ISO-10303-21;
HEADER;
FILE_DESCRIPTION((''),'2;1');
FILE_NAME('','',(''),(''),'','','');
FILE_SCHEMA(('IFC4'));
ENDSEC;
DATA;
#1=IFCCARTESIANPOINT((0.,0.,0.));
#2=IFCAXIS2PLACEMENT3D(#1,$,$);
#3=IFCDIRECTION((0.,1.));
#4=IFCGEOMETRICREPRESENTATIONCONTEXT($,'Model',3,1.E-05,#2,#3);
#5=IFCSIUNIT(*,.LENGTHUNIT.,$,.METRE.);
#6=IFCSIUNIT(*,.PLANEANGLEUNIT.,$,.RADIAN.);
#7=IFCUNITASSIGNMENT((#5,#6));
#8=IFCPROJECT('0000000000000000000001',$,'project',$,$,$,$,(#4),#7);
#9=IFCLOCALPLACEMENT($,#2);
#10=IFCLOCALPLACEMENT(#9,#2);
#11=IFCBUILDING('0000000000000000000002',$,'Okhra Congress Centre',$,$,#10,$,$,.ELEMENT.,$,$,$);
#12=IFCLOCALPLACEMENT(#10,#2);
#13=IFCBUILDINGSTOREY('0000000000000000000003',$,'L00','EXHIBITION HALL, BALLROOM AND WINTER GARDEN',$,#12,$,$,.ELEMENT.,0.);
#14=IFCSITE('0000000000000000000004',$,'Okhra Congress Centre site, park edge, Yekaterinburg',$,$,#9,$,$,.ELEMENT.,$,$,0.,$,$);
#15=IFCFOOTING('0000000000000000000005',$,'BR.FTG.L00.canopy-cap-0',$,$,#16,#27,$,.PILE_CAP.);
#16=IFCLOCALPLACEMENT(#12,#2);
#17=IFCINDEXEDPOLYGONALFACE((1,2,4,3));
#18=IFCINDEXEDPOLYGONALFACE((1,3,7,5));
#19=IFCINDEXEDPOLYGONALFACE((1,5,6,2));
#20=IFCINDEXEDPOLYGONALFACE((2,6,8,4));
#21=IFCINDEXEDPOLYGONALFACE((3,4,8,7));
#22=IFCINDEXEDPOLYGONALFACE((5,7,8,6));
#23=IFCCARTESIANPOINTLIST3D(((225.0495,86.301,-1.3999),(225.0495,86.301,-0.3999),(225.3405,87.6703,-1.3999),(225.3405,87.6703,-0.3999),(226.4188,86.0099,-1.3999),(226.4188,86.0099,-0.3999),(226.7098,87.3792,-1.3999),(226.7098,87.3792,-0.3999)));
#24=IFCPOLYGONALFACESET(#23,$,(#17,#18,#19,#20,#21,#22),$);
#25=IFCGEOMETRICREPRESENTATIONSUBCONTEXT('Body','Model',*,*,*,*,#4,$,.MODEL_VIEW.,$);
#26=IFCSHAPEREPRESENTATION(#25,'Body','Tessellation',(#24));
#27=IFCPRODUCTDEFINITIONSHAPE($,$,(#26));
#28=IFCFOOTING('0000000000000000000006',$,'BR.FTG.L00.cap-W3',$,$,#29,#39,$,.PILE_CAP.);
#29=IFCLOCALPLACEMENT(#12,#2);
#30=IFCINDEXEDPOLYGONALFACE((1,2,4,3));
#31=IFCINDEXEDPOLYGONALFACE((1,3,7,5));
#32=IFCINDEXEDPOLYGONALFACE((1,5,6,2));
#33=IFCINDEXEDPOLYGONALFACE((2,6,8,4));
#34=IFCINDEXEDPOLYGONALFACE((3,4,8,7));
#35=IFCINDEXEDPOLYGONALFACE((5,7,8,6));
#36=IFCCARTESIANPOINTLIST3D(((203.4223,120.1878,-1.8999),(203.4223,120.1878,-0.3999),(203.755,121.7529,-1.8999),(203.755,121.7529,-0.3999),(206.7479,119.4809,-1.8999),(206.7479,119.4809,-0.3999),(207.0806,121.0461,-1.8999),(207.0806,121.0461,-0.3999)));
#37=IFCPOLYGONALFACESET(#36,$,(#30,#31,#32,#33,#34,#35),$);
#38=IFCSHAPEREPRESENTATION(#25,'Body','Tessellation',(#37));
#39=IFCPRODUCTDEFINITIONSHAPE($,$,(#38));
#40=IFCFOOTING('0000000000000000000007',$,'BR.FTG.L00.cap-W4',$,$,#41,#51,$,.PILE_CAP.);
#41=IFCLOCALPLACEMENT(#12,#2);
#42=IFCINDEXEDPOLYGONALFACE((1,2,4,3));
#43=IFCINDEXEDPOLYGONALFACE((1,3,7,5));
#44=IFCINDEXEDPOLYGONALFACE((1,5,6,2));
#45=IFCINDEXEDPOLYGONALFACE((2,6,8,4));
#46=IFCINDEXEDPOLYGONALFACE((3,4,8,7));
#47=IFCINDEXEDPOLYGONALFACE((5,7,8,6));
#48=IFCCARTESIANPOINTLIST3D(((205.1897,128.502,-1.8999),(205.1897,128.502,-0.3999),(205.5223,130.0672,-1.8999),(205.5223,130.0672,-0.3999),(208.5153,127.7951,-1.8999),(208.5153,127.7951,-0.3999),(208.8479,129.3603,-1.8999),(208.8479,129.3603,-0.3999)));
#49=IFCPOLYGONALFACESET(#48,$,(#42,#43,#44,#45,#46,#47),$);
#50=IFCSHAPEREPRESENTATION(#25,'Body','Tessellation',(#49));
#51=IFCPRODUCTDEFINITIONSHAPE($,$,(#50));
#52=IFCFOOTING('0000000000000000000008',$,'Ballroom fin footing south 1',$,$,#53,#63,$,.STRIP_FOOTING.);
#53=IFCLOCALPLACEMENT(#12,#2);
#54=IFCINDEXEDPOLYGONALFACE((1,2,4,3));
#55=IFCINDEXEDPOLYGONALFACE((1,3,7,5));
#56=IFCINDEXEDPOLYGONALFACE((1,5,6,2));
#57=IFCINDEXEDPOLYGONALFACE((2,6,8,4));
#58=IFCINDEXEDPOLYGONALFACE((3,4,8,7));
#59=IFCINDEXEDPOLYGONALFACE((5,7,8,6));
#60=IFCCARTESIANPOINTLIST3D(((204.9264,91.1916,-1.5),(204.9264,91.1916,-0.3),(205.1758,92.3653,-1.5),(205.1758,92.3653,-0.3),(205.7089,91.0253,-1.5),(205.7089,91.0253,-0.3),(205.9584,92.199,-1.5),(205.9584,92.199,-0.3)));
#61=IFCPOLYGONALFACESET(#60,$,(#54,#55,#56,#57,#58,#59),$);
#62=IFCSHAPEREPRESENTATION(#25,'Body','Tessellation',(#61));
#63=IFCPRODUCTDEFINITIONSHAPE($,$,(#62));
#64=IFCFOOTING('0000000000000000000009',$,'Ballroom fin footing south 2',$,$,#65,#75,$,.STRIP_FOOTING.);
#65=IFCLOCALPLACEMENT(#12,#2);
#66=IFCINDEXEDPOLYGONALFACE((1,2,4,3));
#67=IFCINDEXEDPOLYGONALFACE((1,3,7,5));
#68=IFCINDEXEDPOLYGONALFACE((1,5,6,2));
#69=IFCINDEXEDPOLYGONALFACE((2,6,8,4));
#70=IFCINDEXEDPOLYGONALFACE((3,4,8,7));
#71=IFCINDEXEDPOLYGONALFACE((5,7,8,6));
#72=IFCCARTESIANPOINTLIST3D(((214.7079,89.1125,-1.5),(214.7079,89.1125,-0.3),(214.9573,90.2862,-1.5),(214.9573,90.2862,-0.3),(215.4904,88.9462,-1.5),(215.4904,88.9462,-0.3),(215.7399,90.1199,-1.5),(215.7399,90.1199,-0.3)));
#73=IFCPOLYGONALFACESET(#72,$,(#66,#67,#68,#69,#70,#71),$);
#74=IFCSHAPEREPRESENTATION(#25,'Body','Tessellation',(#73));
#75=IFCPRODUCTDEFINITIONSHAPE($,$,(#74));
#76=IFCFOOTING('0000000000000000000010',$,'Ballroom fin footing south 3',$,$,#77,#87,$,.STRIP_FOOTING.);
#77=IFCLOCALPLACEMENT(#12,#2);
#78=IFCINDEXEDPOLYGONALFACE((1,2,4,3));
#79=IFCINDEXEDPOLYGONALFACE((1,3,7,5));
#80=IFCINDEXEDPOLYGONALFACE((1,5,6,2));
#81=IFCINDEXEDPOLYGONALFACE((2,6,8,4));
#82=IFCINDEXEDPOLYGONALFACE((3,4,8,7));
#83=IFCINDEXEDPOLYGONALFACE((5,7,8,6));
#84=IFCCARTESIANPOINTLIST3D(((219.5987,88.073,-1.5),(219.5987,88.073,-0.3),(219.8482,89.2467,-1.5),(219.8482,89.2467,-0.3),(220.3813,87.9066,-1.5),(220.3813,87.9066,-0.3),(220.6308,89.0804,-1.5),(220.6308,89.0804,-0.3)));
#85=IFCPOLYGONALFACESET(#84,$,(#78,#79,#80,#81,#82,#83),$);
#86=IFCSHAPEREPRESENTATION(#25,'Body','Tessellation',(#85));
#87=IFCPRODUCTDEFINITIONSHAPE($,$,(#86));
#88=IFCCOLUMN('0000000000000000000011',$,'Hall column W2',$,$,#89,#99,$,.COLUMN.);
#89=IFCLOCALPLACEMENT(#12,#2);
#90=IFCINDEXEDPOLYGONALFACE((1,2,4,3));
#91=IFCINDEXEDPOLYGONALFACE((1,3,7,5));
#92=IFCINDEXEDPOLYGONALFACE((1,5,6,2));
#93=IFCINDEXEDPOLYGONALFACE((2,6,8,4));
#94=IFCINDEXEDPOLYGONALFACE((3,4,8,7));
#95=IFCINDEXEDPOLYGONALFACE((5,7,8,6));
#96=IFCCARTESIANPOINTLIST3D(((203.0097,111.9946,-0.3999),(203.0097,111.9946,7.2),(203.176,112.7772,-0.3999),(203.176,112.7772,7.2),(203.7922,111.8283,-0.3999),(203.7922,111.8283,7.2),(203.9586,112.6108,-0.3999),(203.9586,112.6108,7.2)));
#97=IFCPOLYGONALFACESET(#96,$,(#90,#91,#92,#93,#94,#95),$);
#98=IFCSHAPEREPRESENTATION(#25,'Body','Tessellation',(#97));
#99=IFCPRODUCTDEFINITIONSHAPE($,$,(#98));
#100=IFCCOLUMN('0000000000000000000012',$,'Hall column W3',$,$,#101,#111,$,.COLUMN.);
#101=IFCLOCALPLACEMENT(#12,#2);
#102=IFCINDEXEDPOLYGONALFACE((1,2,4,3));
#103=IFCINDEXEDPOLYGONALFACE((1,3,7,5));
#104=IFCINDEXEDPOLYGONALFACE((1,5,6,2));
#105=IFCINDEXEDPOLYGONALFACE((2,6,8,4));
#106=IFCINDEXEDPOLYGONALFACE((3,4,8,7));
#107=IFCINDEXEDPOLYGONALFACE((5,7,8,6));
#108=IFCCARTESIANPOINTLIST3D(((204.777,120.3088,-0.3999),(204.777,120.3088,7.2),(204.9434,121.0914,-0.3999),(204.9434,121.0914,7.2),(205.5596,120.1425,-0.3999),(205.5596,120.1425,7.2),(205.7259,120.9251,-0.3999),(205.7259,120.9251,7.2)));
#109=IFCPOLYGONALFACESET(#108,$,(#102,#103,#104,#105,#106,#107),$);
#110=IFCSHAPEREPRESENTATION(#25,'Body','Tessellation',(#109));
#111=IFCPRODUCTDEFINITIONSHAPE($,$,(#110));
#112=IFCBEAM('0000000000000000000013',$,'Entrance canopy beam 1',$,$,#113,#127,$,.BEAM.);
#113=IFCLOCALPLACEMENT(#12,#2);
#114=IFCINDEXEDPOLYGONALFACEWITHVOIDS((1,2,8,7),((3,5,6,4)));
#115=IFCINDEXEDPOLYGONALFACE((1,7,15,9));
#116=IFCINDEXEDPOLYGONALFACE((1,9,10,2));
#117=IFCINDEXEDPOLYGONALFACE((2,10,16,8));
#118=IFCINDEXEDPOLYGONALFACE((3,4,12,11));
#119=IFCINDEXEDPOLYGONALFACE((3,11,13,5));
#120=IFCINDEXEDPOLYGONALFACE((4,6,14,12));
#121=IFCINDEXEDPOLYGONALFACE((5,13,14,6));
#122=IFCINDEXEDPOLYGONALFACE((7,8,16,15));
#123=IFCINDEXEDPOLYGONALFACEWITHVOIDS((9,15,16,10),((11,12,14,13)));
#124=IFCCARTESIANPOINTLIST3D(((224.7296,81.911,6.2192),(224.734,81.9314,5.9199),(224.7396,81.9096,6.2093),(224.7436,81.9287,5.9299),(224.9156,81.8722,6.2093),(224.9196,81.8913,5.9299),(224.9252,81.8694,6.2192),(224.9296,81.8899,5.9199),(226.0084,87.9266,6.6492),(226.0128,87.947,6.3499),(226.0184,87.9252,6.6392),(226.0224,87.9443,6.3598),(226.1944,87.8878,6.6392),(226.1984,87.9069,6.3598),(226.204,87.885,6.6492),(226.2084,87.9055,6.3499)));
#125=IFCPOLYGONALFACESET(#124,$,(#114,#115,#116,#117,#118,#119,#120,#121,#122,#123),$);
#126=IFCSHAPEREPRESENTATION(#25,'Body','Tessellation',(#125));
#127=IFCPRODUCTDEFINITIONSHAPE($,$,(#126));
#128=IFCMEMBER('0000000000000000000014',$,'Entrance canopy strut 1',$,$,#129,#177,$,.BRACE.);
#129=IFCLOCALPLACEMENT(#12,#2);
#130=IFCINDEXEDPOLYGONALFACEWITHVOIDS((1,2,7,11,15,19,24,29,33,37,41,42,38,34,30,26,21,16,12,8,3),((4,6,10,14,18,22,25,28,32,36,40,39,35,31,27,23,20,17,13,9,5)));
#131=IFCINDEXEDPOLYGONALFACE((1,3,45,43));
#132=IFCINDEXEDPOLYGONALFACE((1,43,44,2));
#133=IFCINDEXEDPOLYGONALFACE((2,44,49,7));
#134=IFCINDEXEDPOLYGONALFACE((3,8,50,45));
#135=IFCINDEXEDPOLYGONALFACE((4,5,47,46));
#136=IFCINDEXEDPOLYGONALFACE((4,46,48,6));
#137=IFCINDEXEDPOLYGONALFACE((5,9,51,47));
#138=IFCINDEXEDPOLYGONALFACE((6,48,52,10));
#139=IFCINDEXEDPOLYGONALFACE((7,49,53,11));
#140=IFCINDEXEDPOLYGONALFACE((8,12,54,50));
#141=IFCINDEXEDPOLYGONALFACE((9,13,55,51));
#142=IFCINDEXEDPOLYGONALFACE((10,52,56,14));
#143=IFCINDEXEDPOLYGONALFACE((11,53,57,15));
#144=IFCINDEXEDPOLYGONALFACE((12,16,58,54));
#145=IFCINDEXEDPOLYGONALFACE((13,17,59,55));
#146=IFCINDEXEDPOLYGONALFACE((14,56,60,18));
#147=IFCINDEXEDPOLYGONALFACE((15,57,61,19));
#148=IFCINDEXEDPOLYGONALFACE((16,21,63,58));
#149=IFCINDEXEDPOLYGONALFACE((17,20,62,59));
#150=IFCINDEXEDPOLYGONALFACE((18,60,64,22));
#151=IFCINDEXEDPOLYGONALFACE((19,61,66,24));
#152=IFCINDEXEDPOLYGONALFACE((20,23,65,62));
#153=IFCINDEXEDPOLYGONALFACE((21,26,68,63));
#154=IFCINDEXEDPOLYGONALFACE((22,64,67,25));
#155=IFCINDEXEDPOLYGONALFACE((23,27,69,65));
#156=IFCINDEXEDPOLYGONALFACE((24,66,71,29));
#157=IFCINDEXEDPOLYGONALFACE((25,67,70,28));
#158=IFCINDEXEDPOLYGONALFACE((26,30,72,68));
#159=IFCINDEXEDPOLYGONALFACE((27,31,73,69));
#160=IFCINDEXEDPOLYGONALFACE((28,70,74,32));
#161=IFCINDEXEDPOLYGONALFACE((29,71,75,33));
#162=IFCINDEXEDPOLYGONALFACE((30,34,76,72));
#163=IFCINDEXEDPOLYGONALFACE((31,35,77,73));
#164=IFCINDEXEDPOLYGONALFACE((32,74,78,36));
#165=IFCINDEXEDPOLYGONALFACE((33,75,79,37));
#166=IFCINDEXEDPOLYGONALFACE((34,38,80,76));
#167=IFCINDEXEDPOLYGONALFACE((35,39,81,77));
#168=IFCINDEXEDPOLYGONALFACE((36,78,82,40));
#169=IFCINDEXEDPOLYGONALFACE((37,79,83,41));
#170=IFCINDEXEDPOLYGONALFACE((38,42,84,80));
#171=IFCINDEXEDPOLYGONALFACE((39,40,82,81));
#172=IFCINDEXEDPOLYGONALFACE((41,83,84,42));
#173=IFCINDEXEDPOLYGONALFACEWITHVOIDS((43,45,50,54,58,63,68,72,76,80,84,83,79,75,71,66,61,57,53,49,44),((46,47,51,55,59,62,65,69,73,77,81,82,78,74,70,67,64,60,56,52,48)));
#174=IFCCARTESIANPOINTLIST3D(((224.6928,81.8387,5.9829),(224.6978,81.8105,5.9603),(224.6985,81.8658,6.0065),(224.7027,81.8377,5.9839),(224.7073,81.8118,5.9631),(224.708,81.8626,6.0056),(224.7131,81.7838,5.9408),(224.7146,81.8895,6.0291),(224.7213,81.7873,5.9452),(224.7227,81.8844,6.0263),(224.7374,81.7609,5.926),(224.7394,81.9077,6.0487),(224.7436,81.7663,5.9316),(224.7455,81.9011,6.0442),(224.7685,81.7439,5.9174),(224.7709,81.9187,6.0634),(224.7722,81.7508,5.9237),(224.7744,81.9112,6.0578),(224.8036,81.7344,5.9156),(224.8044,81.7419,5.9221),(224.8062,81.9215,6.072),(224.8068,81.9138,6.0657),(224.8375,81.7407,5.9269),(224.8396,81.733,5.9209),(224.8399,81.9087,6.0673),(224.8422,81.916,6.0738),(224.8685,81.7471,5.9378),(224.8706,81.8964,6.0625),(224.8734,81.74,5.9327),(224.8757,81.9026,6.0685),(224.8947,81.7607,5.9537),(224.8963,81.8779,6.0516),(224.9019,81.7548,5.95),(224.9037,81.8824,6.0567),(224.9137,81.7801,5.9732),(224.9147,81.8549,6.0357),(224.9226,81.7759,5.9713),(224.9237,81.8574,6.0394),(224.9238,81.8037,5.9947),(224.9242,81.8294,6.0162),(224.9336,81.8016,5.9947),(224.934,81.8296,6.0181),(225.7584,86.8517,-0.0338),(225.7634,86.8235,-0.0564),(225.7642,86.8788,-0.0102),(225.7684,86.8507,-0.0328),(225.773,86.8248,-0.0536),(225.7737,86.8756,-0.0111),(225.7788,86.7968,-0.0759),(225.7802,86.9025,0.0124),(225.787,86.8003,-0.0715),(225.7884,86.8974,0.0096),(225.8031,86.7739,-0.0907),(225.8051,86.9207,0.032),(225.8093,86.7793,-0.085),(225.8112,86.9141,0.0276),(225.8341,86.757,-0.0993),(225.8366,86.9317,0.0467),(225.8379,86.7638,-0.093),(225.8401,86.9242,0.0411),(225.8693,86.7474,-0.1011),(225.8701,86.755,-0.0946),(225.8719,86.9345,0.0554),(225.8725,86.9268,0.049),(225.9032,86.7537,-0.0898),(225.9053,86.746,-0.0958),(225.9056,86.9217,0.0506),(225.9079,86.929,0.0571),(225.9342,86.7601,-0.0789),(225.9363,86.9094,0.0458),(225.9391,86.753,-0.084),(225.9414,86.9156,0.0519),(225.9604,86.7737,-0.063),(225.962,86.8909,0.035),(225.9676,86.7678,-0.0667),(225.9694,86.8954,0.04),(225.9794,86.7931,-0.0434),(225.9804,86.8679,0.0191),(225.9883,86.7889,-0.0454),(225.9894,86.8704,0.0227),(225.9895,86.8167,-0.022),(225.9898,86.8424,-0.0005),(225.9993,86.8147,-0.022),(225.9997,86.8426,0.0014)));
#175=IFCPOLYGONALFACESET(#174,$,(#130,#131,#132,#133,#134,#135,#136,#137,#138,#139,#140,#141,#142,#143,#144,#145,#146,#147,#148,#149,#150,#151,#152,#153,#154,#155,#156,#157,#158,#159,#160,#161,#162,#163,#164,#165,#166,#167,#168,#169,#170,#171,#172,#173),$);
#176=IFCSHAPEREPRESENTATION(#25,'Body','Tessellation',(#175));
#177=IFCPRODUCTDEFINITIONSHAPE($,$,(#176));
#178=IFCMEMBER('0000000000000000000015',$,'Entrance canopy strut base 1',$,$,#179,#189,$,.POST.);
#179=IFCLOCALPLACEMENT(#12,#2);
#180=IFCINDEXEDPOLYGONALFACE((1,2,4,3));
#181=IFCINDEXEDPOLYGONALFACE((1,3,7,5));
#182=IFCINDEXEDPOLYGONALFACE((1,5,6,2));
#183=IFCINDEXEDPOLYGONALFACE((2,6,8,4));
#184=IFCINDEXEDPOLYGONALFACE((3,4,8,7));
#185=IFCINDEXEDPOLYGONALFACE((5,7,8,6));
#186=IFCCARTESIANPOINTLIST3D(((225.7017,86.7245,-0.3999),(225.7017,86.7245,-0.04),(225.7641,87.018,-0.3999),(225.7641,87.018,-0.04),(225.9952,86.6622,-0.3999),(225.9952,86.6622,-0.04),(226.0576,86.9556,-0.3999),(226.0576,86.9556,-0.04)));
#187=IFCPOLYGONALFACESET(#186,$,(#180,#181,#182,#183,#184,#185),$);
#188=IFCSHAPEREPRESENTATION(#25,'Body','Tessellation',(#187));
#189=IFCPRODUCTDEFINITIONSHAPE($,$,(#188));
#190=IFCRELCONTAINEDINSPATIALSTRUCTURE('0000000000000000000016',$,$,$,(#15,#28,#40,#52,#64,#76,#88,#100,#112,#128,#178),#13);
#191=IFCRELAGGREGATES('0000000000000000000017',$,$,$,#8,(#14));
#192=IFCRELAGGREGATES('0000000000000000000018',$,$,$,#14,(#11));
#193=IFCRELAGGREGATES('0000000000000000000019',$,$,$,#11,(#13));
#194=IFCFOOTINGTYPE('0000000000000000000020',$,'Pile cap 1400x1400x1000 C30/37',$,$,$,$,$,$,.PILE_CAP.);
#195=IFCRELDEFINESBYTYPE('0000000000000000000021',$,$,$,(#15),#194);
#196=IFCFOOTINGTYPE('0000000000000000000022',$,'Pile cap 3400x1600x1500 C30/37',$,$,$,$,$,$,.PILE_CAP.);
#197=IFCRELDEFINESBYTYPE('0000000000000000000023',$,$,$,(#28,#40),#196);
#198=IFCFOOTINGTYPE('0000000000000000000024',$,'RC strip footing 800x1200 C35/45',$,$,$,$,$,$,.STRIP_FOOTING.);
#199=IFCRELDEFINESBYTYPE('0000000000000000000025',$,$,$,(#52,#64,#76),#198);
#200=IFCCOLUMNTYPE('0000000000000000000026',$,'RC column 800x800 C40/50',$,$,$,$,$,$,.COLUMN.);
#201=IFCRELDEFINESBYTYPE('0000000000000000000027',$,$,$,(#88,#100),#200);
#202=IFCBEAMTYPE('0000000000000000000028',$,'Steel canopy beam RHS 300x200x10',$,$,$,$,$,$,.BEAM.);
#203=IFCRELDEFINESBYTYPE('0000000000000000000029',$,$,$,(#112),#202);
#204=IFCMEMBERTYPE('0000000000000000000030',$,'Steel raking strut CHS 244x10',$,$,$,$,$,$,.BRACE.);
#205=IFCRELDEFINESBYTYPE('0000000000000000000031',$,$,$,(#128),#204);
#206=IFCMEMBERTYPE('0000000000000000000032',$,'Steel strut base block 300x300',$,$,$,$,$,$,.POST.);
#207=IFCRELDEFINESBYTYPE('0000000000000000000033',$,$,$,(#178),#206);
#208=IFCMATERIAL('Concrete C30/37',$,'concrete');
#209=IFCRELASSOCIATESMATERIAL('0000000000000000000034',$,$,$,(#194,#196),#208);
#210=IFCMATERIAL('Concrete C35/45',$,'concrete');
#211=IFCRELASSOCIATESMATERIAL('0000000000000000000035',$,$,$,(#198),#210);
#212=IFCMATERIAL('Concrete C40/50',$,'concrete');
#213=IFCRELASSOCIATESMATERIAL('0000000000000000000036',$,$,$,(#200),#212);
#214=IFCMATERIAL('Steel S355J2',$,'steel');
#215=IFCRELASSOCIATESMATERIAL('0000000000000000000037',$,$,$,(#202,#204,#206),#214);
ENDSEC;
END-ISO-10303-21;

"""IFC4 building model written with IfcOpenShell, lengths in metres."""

from ifc_helpers import new_model, si_unit, direction, frame, origin, origin_2d, place, context, subcontext, project, spatial, rectangle, hollow_rectangle, hollow_circle, extrude, material, material_profile, profile_set, type_object, element, save


model = new_model("IFC4")

# Units and contexts
model_context = context("Model", 3, precision=1e-05, world=origin(), true_north=direction((0.0, 1.0)))
body_context = subcontext(model_context, "Body", "Model", "MODEL_VIEW")
ifc_project = project(units=[si_unit("LENGTHUNIT", "METRE"), si_unit("PLANEANGLEUNIT", "RADIAN")], contexts=[model_context])

# Site, building, storey
site_placement = place(None, origin())
site = spatial("IfcSite", under=ifc_project, at=site_placement, Name="Okhra Congress Centre site, park edge, Yekaterinburg", CompositionType="ELEMENT", RefElevation=0.0)
building_placement = place(site_placement, origin())
building = spatial("IfcBuilding", under=site, at=building_placement, Name="Okhra Congress Centre", CompositionType="ELEMENT")
storey_placement = place(building_placement, origin())
storey = spatial("IfcBuildingStorey", under=building, at=storey_placement, Name="L00", Description="EXHIBITION HALL, BALLROOM AND WINTER GARDEN", CompositionType="ELEMENT", Elevation=0.0)

# Shared definitions
ifc_material_1 = material(Name="Concrete C30/37", Category="concrete")

# Footings
footing_type_1 = type_object("IfcFootingType", Name="Pile cap 1400x1400x1000 C30/37", PredefinedType="PILE_CAP", material=ifc_material_1)
footing_placement = place(storey_placement, frame((225.8796, 86.8401, -1.3999), z_axis=(0.0, 0.0, 1.0), x_axis=(0.978148, -0.207912, 0.0)))
element("IfcFooting", 1, at=footing_placement, inside=storey, type_object=footing_type_1, Name="BR.FTG.L00.canopy-cap-0", PredefinedType="PILE_CAP", context=body_context, shape_type="SweptSolid", body=[
    extrude(rectangle(XDim=1.3999, YDim=1.3999, at=origin_2d()), origin(), (0.0, 0.0, 1.0), 1.0),
])
footing_type_2 = type_object("IfcFootingType", Name="Pile cap 3400x1600x1500 C30/37", PredefinedType="PILE_CAP", material=ifc_material_1)
for number, where, z_axis, x_axis, name in (
    (2, (205.2515, 120.6169, -1.8999), (0.0, 0.0, 1.0), (0.978148, -0.207912, 0.0), "BR.FTG.L00.cap-W3"),
    (3, (207.0188, 128.9312, -1.8999), (0.0, 0.0, 1.0), (0.978148, -0.207912, 0.0), "BR.FTG.L00.cap-W4"),
):
    element("IfcFooting", number, at=place(storey_placement, frame(where, z_axis=z_axis, x_axis=x_axis)), inside=storey, type_object=footing_type_2, Name=name, PredefinedType="PILE_CAP", context=body_context, shape_type="SweptSolid", body=[
        extrude(rectangle(XDim=3.3999, YDim=1.6001, at=origin_2d()), origin(), (0.0, 0.0, 1.0), 1.5),
    ])
ifc_material_2 = material(Name="Concrete C35/45", Category="concrete")
footing_type_3 = type_object("IfcFootingType", Name="RC strip footing 800x1200 C35/45", PredefinedType="STRIP_FOOTING", material=ifc_material_2)
for number, where, z_axis, x_axis, name in (
    (4, (205.4424, 91.6953, -1.5), (0.0, 0.0, 1.0), (0.978148, -0.207912, 0.0), "Ballroom fin footing south 1"),
    (5, (215.2239, 89.6162, -1.5), (0.0, 0.0, 1.0), (0.978148, -0.207912, 0.0), "Ballroom fin footing south 2"),
    (6, (220.1147, 88.5767, -1.5), (0.0, 0.0, 1.0), (0.978148, -0.207912, 0.0), "Ballroom fin footing south 3"),
):
    element("IfcFooting", number, at=place(storey_placement, frame(where, z_axis=z_axis, x_axis=x_axis)), inside=storey, type_object=footing_type_3, Name=name, PredefinedType="STRIP_FOOTING", context=body_context, shape_type="SweptSolid", body=[
        extrude(rectangle(XDim=0.8, YDim=1.2, at=origin_2d()), origin(), (0.0, 0.0, 1.0), 1.2),
    ])

# Columns
ifc_material_3 = material(Name="Concrete C40/50", Category="concrete")
ifc_material_profile_1 = material_profile(ifc_material_3, rectangle(XDim=0.8, YDim=0.8, at=origin_2d()), Name="RC 800x800")
ifc_profile_set_1 = profile_set([ifc_material_profile_1], Name="Concrete C40/50")
column_type = type_object("IfcColumnType", Name="RC column 800x800 C40/50", PredefinedType="COLUMN", material=ifc_profile_set_1)
for number, where, z_axis, x_axis, name in (
    (7, (203.4841, 112.3027, -0.3999), (0.0, 0.0, 1.0), (0.978148, -0.207912, 0.0), "Hall column W2"),
    (8, (205.2515, 120.6169, -0.3999), (0.0, 0.0, 1.0), (0.978148, -0.207912, 0.0), "Hall column W3"),
):
    element("IfcColumn", number, at=place(storey_placement, frame(where, z_axis=z_axis, x_axis=x_axis)), inside=storey, type_object=column_type, Name=name, PredefinedType="COLUMN", context=body_context, shape_type="SweptSolid", body=[
        extrude(rectangle(XDim=0.8, YDim=0.8, at=origin_2d()), origin(), (0.0, 0.0, 1.0), 7.5999),
    ])

# Beam
ifc_material_4 = material(Name="Steel S355J2", Category="steel")
ifc_material_profile_2 = material_profile(ifc_material_4, hollow_rectangle(XDim=0.2, YDim=0.3, WallThickness=0.01, at=origin_2d()), Name="RHS 300x200x10")
ifc_profile_set_2 = profile_set([ifc_material_profile_2], Name="Steel S355J2")
beam_type = type_object("IfcBeamType", Name="Steel canopy beam RHS 300x200x10", PredefinedType="BEAM", material=ifc_profile_set_2)
beam_placement = place(storey_placement, frame((226.1084, 87.916, 6.4995), z_axis=(-0.207428, -0.975761, -0.069737), x_axis=(0.978143, -0.207935, 0.0)))
element("IfcBeam", 9, at=beam_placement, inside=storey, type_object=beam_type, Name="Entrance canopy beam 1", PredefinedType="BEAM", context=body_context, shape_type="SweptSolid", body=[
    extrude(hollow_rectangle(XDim=0.2, YDim=0.3, WallThickness=0.01, at=origin_2d()), origin(), (0.0, 0.0, 1.0), 6.165),
])

# Members
ifc_material_profile_3 = material_profile(ifc_material_4, hollow_circle(Radius=0.1223, WallThickness=0.01, at=origin_2d()), Name="CHS 244.5x10")
ifc_profile_set_3 = profile_set([ifc_material_profile_3], Name="Steel S355J2")
member_type_1 = type_object("IfcMemberType", Name="Steel raking strut CHS 244x10", PredefinedType="BRACE", material=ifc_profile_set_3)
member_1_placement = place(storey_placement, frame((225.8796, 86.8401, -0.022), z_axis=(-0.134836, -0.634271, 0.761261), x_axis=(0.978142, -0.207938, 0.0)))
element("IfcMember", 10, at=member_1_placement, inside=storey, type_object=member_type_1, Name="Entrance canopy strut 1", PredefinedType="BRACE", context=body_context, shape_type="SweptSolid", body=[
    extrude(hollow_circle(Radius=0.1223, WallThickness=0.01, at=origin_2d()), origin(), (0.0, 0.0, 1.0), 7.9036),
])
ifc_material_profile_4 = material_profile(ifc_material_4, rectangle(XDim=0.3, YDim=0.3, at=origin_2d()), Name="PL 300x300")
ifc_profile_set_4 = profile_set([ifc_material_profile_4], Name="Steel S355J2")
member_type_2 = type_object("IfcMemberType", Name="Steel strut base block 300x300", PredefinedType="POST", material=ifc_profile_set_4)
member_2_placement = place(storey_placement, frame((225.8796, 86.8401, -0.3999), z_axis=(0.0, 0.0, 1.0), x_axis=(0.978148, -0.207912, 0.0)))
element("IfcMember", 11, at=member_2_placement, inside=storey, type_object=member_type_2, Name="Entrance canopy strut base 1", PredefinedType="POST", context=body_context, shape_type="SweptSolid", body=[
    extrude(rectangle(XDim=0.3, YDim=0.3, at=origin_2d()), origin(), (0.0, 0.0, 1.0), 0.3599),
])

save(model, "model.ifc")
